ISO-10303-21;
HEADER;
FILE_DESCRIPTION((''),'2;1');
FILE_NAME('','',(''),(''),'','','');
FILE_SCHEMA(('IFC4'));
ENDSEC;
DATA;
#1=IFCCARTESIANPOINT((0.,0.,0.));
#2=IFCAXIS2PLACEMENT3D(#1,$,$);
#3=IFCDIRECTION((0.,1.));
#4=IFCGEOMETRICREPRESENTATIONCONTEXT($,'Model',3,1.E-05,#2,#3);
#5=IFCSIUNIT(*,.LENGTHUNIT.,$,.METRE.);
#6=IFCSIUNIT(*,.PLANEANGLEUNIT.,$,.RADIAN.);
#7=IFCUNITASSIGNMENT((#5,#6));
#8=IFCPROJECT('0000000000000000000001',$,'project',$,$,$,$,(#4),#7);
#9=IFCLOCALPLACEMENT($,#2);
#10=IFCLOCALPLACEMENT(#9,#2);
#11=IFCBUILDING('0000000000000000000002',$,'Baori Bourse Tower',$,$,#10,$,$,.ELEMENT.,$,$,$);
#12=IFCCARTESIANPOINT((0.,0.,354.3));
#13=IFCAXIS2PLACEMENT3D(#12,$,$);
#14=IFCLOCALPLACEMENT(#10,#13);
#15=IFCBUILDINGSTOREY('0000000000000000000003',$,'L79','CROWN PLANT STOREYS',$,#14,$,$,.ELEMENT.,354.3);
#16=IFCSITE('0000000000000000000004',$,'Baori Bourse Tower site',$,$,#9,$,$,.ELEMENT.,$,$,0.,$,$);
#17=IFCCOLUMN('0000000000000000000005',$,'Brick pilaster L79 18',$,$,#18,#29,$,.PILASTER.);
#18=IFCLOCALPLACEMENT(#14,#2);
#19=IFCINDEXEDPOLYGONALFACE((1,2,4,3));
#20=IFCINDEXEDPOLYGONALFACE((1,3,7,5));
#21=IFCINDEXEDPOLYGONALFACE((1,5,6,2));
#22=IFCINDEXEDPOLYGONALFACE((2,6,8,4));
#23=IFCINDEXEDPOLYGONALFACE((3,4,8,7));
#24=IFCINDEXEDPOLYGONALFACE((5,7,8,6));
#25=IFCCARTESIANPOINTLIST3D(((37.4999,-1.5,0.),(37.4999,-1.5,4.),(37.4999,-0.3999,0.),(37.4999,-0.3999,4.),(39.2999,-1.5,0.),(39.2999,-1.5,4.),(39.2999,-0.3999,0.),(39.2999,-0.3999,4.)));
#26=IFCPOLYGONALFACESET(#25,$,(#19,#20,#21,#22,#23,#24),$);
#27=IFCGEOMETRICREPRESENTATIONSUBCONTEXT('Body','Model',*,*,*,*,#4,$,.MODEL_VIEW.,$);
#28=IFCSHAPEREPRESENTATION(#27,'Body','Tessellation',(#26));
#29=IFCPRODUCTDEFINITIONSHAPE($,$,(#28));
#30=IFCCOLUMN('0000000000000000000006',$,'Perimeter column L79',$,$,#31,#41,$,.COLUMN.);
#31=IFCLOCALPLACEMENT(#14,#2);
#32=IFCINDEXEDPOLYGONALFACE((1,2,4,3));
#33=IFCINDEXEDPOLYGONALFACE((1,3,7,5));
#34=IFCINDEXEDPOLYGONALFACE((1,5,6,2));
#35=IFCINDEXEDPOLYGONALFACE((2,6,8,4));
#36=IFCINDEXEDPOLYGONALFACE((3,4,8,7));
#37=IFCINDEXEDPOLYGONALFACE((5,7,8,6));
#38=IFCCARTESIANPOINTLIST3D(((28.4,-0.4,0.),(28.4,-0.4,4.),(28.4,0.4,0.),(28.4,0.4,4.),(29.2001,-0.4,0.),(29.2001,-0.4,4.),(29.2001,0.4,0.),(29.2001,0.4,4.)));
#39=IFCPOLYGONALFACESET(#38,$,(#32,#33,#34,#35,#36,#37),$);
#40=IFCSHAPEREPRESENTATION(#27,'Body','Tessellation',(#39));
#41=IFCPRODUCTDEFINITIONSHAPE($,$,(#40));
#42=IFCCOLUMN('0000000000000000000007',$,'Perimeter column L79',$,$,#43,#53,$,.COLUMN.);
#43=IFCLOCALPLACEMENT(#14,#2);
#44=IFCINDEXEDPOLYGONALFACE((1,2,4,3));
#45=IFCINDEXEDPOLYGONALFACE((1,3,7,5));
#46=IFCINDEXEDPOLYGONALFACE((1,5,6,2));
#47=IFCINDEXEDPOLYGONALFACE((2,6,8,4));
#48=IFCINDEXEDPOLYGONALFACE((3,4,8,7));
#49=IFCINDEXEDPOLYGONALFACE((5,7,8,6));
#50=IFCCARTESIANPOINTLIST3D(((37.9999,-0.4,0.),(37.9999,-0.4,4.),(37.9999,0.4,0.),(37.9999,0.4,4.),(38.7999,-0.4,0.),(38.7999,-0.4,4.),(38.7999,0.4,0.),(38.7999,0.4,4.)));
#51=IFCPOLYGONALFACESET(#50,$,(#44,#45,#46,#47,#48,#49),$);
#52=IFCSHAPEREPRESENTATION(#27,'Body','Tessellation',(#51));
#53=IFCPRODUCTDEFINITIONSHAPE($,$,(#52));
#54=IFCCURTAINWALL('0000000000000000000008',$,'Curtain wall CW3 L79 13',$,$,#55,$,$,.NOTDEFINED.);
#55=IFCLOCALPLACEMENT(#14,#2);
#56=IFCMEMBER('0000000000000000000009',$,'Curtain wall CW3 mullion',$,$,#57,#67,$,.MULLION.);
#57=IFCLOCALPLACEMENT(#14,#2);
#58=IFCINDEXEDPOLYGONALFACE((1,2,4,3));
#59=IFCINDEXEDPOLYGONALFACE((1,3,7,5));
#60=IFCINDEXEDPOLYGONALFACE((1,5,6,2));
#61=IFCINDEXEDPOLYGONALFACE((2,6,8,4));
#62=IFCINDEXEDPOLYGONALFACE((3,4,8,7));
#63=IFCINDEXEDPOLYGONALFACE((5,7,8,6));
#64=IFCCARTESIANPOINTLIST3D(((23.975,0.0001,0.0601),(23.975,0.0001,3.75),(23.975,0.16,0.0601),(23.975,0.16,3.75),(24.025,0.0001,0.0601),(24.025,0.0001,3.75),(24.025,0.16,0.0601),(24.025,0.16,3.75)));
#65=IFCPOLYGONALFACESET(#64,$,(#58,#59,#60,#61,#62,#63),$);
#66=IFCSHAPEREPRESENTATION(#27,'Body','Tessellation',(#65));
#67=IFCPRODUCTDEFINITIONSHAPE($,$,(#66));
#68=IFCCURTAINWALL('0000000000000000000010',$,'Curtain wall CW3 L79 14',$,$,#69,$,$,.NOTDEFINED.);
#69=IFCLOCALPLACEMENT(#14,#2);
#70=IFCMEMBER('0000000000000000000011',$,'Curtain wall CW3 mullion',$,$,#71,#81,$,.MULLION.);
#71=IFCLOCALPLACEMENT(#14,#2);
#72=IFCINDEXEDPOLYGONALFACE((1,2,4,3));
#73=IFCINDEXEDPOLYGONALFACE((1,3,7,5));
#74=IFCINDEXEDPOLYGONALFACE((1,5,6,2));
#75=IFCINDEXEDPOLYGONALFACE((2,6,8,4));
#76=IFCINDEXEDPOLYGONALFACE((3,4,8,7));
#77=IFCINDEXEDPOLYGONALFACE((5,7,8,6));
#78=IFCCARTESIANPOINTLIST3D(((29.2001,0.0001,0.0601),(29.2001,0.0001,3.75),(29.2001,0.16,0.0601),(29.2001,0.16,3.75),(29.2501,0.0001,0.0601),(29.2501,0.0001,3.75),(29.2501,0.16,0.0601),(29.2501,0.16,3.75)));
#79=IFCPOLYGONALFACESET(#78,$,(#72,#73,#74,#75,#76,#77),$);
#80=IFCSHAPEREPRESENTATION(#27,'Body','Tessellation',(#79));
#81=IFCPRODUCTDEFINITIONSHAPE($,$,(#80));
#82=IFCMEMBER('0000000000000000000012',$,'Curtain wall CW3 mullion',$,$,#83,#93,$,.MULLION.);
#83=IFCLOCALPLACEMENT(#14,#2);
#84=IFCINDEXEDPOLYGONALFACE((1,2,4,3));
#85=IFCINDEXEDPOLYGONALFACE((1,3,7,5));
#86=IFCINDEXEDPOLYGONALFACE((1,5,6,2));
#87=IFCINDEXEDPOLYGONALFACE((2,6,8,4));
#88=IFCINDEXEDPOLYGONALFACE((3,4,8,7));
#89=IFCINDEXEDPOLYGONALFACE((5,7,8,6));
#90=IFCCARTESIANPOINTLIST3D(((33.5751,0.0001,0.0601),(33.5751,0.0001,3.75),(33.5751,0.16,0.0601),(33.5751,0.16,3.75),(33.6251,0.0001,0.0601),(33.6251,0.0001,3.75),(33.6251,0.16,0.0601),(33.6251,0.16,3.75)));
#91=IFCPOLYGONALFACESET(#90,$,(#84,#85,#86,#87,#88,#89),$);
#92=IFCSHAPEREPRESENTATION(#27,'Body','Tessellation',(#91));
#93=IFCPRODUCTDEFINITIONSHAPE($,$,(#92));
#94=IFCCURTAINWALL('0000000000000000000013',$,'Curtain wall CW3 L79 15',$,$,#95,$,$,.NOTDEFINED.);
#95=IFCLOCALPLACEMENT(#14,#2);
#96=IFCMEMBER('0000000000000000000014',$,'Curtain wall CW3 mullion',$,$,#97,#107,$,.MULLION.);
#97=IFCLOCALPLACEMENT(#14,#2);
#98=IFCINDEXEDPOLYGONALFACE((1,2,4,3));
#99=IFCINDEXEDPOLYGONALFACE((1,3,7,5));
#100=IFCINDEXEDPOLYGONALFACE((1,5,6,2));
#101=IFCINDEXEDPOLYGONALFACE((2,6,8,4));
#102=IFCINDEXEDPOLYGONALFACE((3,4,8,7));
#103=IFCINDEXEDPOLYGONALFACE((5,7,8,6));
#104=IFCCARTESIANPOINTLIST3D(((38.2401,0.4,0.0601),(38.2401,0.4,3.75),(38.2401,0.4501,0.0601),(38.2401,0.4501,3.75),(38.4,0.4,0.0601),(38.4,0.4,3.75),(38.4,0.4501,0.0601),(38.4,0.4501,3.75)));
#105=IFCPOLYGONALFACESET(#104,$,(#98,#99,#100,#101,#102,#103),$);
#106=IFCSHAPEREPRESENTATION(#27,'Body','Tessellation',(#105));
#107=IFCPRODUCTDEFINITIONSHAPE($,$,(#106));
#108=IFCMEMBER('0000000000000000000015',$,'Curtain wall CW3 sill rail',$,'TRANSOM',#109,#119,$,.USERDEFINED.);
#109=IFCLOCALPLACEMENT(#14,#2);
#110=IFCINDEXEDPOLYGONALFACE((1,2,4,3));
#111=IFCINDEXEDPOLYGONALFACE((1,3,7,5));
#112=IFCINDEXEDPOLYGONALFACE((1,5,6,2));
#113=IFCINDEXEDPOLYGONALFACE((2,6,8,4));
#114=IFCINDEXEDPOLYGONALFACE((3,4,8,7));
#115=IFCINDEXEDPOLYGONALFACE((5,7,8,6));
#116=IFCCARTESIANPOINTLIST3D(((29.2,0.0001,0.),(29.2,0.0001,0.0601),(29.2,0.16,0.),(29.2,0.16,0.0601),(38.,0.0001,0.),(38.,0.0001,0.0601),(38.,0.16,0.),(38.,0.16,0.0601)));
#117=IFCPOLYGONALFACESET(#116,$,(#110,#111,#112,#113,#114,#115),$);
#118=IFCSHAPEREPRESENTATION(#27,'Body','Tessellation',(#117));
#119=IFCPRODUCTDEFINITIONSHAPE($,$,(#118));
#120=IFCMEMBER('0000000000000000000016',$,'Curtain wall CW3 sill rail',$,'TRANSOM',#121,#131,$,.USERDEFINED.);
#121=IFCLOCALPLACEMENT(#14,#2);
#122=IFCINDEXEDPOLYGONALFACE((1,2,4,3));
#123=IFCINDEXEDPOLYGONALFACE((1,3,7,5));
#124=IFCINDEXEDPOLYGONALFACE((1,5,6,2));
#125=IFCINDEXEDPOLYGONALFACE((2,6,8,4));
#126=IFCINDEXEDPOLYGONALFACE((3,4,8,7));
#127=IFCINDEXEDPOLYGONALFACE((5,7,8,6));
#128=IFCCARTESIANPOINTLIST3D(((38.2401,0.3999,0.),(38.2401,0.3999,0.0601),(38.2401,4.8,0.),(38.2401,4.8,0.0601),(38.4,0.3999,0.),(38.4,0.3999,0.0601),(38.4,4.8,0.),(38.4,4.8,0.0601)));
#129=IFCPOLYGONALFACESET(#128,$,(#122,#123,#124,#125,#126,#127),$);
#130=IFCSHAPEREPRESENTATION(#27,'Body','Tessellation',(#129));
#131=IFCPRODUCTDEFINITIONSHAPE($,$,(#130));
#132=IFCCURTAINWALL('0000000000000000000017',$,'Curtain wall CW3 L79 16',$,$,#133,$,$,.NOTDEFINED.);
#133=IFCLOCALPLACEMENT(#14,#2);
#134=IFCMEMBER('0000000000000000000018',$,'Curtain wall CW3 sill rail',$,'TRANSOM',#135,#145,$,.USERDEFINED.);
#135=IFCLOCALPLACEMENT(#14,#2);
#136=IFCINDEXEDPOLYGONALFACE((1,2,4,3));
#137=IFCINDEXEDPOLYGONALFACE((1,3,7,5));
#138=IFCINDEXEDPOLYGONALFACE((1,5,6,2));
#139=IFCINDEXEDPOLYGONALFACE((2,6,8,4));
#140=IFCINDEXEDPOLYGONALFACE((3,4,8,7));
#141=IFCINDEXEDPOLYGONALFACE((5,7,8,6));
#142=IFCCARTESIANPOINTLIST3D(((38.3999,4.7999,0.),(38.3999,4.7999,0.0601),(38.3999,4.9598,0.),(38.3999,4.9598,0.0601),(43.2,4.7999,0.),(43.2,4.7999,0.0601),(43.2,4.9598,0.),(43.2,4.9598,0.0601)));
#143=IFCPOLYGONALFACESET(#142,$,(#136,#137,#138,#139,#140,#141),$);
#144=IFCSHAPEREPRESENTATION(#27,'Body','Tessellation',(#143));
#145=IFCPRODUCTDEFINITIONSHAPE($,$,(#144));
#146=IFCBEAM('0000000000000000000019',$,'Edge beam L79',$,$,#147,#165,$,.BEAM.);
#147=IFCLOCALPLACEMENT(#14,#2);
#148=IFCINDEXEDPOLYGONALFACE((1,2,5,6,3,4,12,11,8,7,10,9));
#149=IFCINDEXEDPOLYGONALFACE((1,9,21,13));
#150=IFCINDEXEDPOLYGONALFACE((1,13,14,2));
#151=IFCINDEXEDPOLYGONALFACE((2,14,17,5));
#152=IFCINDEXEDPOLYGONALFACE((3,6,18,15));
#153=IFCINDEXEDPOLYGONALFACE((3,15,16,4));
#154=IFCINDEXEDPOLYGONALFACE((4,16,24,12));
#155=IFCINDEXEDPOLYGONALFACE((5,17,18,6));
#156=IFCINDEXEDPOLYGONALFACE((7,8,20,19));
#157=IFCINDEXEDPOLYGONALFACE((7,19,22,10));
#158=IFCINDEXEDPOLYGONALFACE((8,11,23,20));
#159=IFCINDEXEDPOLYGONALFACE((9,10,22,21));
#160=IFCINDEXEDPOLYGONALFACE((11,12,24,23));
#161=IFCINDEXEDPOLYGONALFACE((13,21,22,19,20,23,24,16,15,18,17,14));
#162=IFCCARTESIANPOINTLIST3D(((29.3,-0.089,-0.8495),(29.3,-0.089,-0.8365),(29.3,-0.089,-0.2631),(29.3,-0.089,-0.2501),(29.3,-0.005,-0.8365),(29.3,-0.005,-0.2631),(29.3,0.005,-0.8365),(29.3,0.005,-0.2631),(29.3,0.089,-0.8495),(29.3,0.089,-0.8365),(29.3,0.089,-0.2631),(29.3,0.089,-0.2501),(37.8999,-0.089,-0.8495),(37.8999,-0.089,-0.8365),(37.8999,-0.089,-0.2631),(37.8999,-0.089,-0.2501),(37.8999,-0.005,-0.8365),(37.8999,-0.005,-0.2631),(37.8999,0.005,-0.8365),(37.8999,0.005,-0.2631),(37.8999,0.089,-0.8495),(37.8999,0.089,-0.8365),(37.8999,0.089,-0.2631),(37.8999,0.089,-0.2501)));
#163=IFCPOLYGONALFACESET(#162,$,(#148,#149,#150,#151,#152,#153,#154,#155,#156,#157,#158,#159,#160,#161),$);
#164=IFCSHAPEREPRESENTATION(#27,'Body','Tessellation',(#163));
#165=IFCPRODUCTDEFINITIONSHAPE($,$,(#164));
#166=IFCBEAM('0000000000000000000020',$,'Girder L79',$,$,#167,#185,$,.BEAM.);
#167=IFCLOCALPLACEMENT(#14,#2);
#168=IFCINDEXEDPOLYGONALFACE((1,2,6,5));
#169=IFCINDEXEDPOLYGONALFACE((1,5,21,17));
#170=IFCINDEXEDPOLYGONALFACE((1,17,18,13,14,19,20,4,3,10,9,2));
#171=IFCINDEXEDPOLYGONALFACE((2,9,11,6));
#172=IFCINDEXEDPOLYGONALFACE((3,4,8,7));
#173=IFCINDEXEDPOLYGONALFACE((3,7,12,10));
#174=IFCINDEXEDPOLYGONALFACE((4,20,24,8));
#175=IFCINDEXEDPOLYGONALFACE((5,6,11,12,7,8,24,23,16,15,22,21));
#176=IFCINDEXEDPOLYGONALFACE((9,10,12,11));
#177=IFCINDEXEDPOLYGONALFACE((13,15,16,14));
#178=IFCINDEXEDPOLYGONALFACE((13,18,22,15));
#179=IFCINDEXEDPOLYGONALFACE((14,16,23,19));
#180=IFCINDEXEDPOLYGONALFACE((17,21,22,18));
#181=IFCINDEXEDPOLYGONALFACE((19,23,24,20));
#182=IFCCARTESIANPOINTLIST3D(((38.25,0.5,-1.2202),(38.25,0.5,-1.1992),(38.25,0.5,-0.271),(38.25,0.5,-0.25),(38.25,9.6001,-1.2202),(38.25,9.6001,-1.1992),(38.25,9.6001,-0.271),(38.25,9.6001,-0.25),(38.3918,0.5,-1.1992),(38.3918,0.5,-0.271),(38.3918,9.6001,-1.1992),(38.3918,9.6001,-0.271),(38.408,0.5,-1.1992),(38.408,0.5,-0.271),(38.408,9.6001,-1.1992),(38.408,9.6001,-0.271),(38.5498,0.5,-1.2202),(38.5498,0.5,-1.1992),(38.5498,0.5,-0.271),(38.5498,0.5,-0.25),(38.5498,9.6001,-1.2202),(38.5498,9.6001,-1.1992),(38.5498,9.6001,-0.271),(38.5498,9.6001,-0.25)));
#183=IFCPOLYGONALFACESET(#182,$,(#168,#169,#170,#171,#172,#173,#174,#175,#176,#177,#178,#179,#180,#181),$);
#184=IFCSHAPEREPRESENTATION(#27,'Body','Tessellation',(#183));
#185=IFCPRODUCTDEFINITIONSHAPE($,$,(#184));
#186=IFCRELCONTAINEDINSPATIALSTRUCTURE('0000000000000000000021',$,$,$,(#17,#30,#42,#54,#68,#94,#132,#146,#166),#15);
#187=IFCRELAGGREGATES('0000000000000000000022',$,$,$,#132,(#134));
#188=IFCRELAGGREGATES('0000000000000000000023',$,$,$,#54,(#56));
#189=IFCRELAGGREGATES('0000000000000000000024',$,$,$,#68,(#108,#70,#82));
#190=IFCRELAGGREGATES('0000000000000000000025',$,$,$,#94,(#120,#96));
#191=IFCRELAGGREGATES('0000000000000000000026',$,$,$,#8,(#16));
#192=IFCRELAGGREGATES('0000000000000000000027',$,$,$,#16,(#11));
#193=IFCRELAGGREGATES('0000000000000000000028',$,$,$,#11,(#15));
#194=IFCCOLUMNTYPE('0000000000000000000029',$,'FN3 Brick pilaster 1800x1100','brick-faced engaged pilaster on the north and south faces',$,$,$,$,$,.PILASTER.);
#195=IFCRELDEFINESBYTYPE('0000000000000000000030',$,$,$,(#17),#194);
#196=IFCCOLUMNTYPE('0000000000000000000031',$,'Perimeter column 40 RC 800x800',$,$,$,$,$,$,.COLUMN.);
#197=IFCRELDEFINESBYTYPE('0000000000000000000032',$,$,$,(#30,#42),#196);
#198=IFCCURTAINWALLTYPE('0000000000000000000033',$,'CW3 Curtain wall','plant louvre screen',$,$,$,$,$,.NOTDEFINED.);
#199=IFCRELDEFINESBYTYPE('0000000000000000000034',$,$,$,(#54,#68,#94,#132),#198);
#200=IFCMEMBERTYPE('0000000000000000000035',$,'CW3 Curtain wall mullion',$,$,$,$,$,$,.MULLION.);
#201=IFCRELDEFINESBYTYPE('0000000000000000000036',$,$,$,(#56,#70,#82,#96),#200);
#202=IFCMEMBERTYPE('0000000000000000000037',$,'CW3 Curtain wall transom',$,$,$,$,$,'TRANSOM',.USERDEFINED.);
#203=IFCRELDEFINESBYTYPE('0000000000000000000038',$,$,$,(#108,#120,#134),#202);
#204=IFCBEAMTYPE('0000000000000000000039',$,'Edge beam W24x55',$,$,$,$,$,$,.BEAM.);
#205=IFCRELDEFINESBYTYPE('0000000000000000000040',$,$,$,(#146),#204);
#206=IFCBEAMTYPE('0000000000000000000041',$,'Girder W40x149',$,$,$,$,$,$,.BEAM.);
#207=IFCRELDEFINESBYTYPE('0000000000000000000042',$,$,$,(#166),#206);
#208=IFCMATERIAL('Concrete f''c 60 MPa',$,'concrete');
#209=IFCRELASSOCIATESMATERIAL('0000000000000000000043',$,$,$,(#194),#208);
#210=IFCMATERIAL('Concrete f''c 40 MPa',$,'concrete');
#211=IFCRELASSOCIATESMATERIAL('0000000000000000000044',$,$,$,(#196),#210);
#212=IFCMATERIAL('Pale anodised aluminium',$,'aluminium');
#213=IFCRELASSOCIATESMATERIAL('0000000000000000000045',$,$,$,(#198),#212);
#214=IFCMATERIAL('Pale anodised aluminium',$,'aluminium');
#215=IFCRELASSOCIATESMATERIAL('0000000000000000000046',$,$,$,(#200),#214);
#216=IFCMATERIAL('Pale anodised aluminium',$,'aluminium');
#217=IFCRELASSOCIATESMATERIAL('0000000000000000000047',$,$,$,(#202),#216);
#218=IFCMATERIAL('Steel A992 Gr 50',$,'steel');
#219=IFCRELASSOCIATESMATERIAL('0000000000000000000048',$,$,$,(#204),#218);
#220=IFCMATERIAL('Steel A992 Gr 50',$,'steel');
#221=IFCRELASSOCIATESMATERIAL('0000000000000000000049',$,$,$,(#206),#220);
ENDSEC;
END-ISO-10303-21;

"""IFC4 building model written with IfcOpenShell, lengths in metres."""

from ifc_helpers import new_model, si_unit, direction, frame, origin, origin_2d, place, context, subcontext, project, spatial, rectangle, i_section, extrude, material, material_profile, profile_set, type_object, element, aggregate, save


model = new_model("IFC4")

# Units and contexts
model_context = context("Model", 3, precision=1e-05, world=origin(), true_north=direction((0.0, 1.0)))
body_context = subcontext(model_context, "Body", "Model", "MODEL_VIEW")
ifc_project = project(units=[si_unit("LENGTHUNIT", "METRE"), si_unit("PLANEANGLEUNIT", "RADIAN")], contexts=[model_context])

# Site, building, storey
site_placement = place(None, origin())
site = spatial("IfcSite", under=ifc_project, at=site_placement, Name="Baori Bourse Tower site", CompositionType="ELEMENT", RefElevation=0.0)
building_placement = place(site_placement, origin())
building = spatial("IfcBuilding", under=site, at=building_placement, Name="Baori Bourse Tower", CompositionType="ELEMENT")
storey_placement = place(building_placement, frame((0.0, 0.0, 354.3)))
storey = spatial("IfcBuildingStorey", under=building, at=storey_placement, Name="L79", Description="CROWN PLANT STOREYS", CompositionType="ELEMENT", Elevation=354.3)

# Columns
ifc_material_1 = material(Name="Concrete f'c 60 MPa", Category="concrete")
ifc_material_profile_1 = material_profile(ifc_material_1, rectangle(XDim=1.8, YDim=1.1001, at=origin_2d()), Name="RC 1800x1100")
ifc_profile_set_1 = profile_set([ifc_material_profile_1], Name="Concrete f'c 60 MPa")
column_type_1 = type_object("IfcColumnType", Name="FN3 Brick pilaster 1800x1100", Description="brick-faced engaged pilaster on the north and south faces", PredefinedType="PILASTER", material=ifc_profile_set_1)
column_placement = place(storey_placement, frame((38.3999, -0.95, 0.0), z_axis=(0.0, 0.0, 1.0), x_axis=(1.0, 0.0, 0.0)))
element("IfcColumn", 1, at=column_placement, inside=storey, type_object=column_type_1, Name="Brick pilaster L79 18", PredefinedType="PILASTER", context=body_context, shape_type="SweptSolid", body=[
    extrude(rectangle(XDim=1.8, YDim=1.1001, at=origin_2d()), origin(), (0.0, 0.0, 1.0), 4.0),
])
ifc_material_2 = material(Name="Concrete f'c 40 MPa", Category="concrete")
ifc_material_profile_2 = material_profile(ifc_material_2, rectangle(XDim=0.8, YDim=0.8, at=origin_2d()), Name="RC 800x800")
ifc_profile_set_2 = profile_set([ifc_material_profile_2], Name="Concrete f'c 40 MPa")
column_type_2 = type_object("IfcColumnType", Name="Perimeter column 40 RC 800x800", PredefinedType="COLUMN", material=ifc_profile_set_2)
for number, where, z_axis, x_axis, name in (
    (2, (28.8, 0.0, 0.0), (0.0, 0.0, 1.0), (1.0, 0.0, 0.0), "Perimeter column L79"),
    (3, (38.3999, 0.0, 0.0), (0.0, 0.0, 1.0), (1.0, 0.0, 0.0), "Perimeter column L79"),
):
    element("IfcColumn", number, at=place(storey_placement, frame(where, z_axis=z_axis, x_axis=x_axis)), inside=storey, type_object=column_type_2, Name=name, PredefinedType="COLUMN", context=body_context, shape_type="SweptSolid", body=[
        extrude(rectangle(XDim=0.8, YDim=0.8, at=origin_2d()), origin(), (0.0, 0.0, 1.0), 4.0),
    ])

# Curtain wall, member
ifc_material_3 = material(Name="Pale anodised aluminium", Category="aluminium")
curtain_wall_type = type_object("IfcCurtainWallType", Name="CW3 Curtain wall", Description="plant louvre screen", PredefinedType="NOTDEFINED", material=ifc_material_3)
curtain_wall_1_placement = place(storey_placement, origin())
curtain_wall_1 = element("IfcCurtainWall", 4, at=curtain_wall_1_placement, inside=storey, type_object=curtain_wall_type, Name="Curtain wall CW3 L79 13", PredefinedType="NOTDEFINED")
ifc_material_4 = material(Name="Pale anodised aluminium", Category="aluminium")
ifc_material_profile_3 = material_profile(ifc_material_4, rectangle(XDim=0.1599, YDim=0.05, at=origin_2d()), Name="Mullion 50x160")
ifc_profile_set_3 = profile_set([ifc_material_profile_3], Name="Pale anodised aluminium")
member_type_1 = type_object("IfcMemberType", Name="CW3 Curtain wall mullion", PredefinedType="MULLION", material=ifc_profile_set_3)
member_1_placement = place(storey_placement, frame((24.0, 0.0801, 0.0601), z_axis=(0.0, 0.0, 1.0), x_axis=(0.0, 1.0, 0.0)))
member_1 = element("IfcMember", 5, at=member_1_placement, type_object=member_type_1, Name="Curtain wall CW3 mullion", PredefinedType="MULLION", context=body_context, shape_type="SweptSolid", body=[
    extrude(rectangle(XDim=0.1599, YDim=0.05, at=origin_2d()), origin(), (0.0, 0.0, 1.0), 3.6899),
])

# Curtain wall, members
curtain_wall_2_placement = place(storey_placement, origin())
curtain_wall_2 = element("IfcCurtainWall", 6, at=curtain_wall_2_placement, inside=storey, type_object=curtain_wall_type, Name="Curtain wall CW3 L79 14", PredefinedType="NOTDEFINED")
member_2_placement = place(storey_placement, frame((29.2251, 0.0801, 0.0601), z_axis=(0.0, 0.0, 1.0), x_axis=(0.0, 1.0, 0.0)))
member_2 = element("IfcMember", 7, at=member_2_placement, type_object=member_type_1, Name="Curtain wall CW3 mullion", PredefinedType="MULLION", context=body_context, shape_type="SweptSolid", body=[
    extrude(rectangle(XDim=0.1599, YDim=0.05, at=origin_2d()), origin(), (0.0, 0.0, 1.0), 3.6899),
])
member_3_placement = place(storey_placement, frame((33.6001, 0.0801, 0.0601), z_axis=(0.0, 0.0, 1.0), x_axis=(0.0, 1.0, 0.0)))
member_3 = element("IfcMember", 8, at=member_3_placement, type_object=member_type_1, Name="Curtain wall CW3 mullion", PredefinedType="MULLION", context=body_context, shape_type="SweptSolid", body=[
    extrude(rectangle(XDim=0.1599, YDim=0.05, at=origin_2d()), origin(), (0.0, 0.0, 1.0), 3.6899),
])

# Curtain wall, member
curtain_wall_3_placement = place(storey_placement, origin())
curtain_wall_3 = element("IfcCurtainWall", 9, at=curtain_wall_3_placement, inside=storey, type_object=curtain_wall_type, Name="Curtain wall CW3 L79 15", PredefinedType="NOTDEFINED")
member_4_placement = place(storey_placement, frame((38.3201, 0.425, 0.0601), z_axis=(0.0, 0.0, 1.0), x_axis=(-1.0, 0.0, 0.0)))
member_4 = element("IfcMember", 10, at=member_4_placement, type_object=member_type_1, Name="Curtain wall CW3 mullion", PredefinedType="MULLION", context=body_context, shape_type="SweptSolid", body=[
    extrude(rectangle(XDim=0.1599, YDim=0.05, at=origin_2d()), origin(), (0.0, 0.0, 1.0), 3.6899),
])

# Members
ifc_material_5 = material(Name="Pale anodised aluminium", Category="aluminium")
ifc_material_profile_4 = material_profile(ifc_material_5, rectangle(XDim=0.1599, YDim=0.0601, at=origin_2d()), Name="Transom 60x160")
ifc_profile_set_4 = profile_set([ifc_material_profile_4], Name="Pale anodised aluminium")
member_type_2 = type_object("IfcMemberType", Name="CW3 Curtain wall transom", ElementType="TRANSOM", PredefinedType="USERDEFINED", material=ifc_profile_set_4)
member_5_placement = place(storey_placement, frame((29.2, 0.0801, 0.03), z_axis=(1.0, 0.0, 0.0), x_axis=(0.0, 1.0, 0.0)))
member_5 = element("IfcMember", 11, at=member_5_placement, type_object=member_type_2, Name="Curtain wall CW3 sill rail", ObjectType="TRANSOM", PredefinedType="USERDEFINED", context=body_context, shape_type="SweptSolid", body=[
    extrude(rectangle(XDim=0.1599, YDim=0.0601, at=origin_2d()), origin(), (0.0, 0.0, 1.0), 8.8),
])
member_6_placement = place(storey_placement, frame((38.3201, 0.3999, 0.03), z_axis=(0.0, 1.0, 0.0), x_axis=(-1.0, 0.0, 0.0)))
member_6 = element("IfcMember", 12, at=member_6_placement, type_object=member_type_2, Name="Curtain wall CW3 sill rail", ObjectType="TRANSOM", PredefinedType="USERDEFINED", context=body_context, shape_type="SweptSolid", body=[
    extrude(rectangle(XDim=0.1599, YDim=0.0601, at=origin_2d()), origin(), (0.0, 0.0, 1.0), 4.4001),
])

# Curtain wall, member
curtain_wall_4_placement = place(storey_placement, origin())
curtain_wall_4 = element("IfcCurtainWall", 13, at=curtain_wall_4_placement, inside=storey, type_object=curtain_wall_type, Name="Curtain wall CW3 L79 16", PredefinedType="NOTDEFINED")
member_7_placement = place(storey_placement, frame((38.3999, 4.8799, 0.03), z_axis=(1.0, 0.0, 0.0), x_axis=(0.0, 1.0, 0.0)))
member_7 = element("IfcMember", 14, at=member_7_placement, type_object=member_type_2, Name="Curtain wall CW3 sill rail", ObjectType="TRANSOM", PredefinedType="USERDEFINED", context=body_context, shape_type="SweptSolid", body=[
    extrude(rectangle(XDim=0.1599, YDim=0.0601, at=origin_2d()), origin(), (0.0, 0.0, 1.0), 4.8),
])
aggregate(curtain_wall_4, [member_7])

# Beams
ifc_material_6 = material(Name="Steel A992 Gr 50", Category="steel")
ifc_material_profile_5 = material_profile(ifc_material_6, i_section(OverallWidth=0.178, OverallDepth=0.5994, WebThickness=0.01, FlangeThickness=0.0129, at=origin_2d()), Name="W24x55")
ifc_profile_set_5 = profile_set([ifc_material_profile_5], Name="Steel A992 Gr 50")
beam_type_1 = type_object("IfcBeamType", Name="Edge beam W24x55", PredefinedType="BEAM", material=ifc_profile_set_5)
beam_1_placement = place(storey_placement, frame((29.3, 0.0, -0.5498), z_axis=(1.0, 0.0, 0.0), x_axis=(0.0, 1.0, 0.0)))
element("IfcBeam", 15, at=beam_1_placement, inside=storey, type_object=beam_type_1, Name="Edge beam L79", PredefinedType="BEAM", context=body_context, shape_type="SweptSolid", body=[
    extrude(i_section(OverallWidth=0.178, OverallDepth=0.5994, WebThickness=0.01, FlangeThickness=0.0129, at=origin_2d()), origin(), (0.0, 0.0, 1.0), 8.5999),
])
ifc_material_7 = material(Name="Steel A992 Gr 50", Category="steel")
ifc_material_profile_6 = material_profile(ifc_material_7, i_section(OverallWidth=0.2998, OverallDepth=0.9702, WebThickness=0.0161, FlangeThickness=0.021, at=origin_2d()), Name="W40x149")
ifc_profile_set_6 = profile_set([ifc_material_profile_6], Name="Steel A992 Gr 50")
beam_type_2 = type_object("IfcBeamType", Name="Girder W40x149", PredefinedType="BEAM", material=ifc_profile_set_6)
beam_2_placement = place(storey_placement, frame((38.3999, 0.5, -0.7351), z_axis=(0.0, 1.0, 0.0), x_axis=(-1.0, 0.0, 0.0)))
element("IfcBeam", 16, at=beam_2_placement, inside=storey, type_object=beam_type_2, Name="Girder L79", PredefinedType="BEAM", context=body_context, shape_type="SweptSolid", body=[
    extrude(i_section(OverallWidth=0.2998, OverallDepth=0.9702, WebThickness=0.0161, FlangeThickness=0.021, at=origin_2d()), origin(), (0.0, 0.0, 1.0), 9.1001),
])

aggregate(curtain_wall_1, [member_1])
aggregate(curtain_wall_2, [member_5, member_2, member_3])
aggregate(curtain_wall_3, [member_6, member_4])

save(model, "model.ifc")
